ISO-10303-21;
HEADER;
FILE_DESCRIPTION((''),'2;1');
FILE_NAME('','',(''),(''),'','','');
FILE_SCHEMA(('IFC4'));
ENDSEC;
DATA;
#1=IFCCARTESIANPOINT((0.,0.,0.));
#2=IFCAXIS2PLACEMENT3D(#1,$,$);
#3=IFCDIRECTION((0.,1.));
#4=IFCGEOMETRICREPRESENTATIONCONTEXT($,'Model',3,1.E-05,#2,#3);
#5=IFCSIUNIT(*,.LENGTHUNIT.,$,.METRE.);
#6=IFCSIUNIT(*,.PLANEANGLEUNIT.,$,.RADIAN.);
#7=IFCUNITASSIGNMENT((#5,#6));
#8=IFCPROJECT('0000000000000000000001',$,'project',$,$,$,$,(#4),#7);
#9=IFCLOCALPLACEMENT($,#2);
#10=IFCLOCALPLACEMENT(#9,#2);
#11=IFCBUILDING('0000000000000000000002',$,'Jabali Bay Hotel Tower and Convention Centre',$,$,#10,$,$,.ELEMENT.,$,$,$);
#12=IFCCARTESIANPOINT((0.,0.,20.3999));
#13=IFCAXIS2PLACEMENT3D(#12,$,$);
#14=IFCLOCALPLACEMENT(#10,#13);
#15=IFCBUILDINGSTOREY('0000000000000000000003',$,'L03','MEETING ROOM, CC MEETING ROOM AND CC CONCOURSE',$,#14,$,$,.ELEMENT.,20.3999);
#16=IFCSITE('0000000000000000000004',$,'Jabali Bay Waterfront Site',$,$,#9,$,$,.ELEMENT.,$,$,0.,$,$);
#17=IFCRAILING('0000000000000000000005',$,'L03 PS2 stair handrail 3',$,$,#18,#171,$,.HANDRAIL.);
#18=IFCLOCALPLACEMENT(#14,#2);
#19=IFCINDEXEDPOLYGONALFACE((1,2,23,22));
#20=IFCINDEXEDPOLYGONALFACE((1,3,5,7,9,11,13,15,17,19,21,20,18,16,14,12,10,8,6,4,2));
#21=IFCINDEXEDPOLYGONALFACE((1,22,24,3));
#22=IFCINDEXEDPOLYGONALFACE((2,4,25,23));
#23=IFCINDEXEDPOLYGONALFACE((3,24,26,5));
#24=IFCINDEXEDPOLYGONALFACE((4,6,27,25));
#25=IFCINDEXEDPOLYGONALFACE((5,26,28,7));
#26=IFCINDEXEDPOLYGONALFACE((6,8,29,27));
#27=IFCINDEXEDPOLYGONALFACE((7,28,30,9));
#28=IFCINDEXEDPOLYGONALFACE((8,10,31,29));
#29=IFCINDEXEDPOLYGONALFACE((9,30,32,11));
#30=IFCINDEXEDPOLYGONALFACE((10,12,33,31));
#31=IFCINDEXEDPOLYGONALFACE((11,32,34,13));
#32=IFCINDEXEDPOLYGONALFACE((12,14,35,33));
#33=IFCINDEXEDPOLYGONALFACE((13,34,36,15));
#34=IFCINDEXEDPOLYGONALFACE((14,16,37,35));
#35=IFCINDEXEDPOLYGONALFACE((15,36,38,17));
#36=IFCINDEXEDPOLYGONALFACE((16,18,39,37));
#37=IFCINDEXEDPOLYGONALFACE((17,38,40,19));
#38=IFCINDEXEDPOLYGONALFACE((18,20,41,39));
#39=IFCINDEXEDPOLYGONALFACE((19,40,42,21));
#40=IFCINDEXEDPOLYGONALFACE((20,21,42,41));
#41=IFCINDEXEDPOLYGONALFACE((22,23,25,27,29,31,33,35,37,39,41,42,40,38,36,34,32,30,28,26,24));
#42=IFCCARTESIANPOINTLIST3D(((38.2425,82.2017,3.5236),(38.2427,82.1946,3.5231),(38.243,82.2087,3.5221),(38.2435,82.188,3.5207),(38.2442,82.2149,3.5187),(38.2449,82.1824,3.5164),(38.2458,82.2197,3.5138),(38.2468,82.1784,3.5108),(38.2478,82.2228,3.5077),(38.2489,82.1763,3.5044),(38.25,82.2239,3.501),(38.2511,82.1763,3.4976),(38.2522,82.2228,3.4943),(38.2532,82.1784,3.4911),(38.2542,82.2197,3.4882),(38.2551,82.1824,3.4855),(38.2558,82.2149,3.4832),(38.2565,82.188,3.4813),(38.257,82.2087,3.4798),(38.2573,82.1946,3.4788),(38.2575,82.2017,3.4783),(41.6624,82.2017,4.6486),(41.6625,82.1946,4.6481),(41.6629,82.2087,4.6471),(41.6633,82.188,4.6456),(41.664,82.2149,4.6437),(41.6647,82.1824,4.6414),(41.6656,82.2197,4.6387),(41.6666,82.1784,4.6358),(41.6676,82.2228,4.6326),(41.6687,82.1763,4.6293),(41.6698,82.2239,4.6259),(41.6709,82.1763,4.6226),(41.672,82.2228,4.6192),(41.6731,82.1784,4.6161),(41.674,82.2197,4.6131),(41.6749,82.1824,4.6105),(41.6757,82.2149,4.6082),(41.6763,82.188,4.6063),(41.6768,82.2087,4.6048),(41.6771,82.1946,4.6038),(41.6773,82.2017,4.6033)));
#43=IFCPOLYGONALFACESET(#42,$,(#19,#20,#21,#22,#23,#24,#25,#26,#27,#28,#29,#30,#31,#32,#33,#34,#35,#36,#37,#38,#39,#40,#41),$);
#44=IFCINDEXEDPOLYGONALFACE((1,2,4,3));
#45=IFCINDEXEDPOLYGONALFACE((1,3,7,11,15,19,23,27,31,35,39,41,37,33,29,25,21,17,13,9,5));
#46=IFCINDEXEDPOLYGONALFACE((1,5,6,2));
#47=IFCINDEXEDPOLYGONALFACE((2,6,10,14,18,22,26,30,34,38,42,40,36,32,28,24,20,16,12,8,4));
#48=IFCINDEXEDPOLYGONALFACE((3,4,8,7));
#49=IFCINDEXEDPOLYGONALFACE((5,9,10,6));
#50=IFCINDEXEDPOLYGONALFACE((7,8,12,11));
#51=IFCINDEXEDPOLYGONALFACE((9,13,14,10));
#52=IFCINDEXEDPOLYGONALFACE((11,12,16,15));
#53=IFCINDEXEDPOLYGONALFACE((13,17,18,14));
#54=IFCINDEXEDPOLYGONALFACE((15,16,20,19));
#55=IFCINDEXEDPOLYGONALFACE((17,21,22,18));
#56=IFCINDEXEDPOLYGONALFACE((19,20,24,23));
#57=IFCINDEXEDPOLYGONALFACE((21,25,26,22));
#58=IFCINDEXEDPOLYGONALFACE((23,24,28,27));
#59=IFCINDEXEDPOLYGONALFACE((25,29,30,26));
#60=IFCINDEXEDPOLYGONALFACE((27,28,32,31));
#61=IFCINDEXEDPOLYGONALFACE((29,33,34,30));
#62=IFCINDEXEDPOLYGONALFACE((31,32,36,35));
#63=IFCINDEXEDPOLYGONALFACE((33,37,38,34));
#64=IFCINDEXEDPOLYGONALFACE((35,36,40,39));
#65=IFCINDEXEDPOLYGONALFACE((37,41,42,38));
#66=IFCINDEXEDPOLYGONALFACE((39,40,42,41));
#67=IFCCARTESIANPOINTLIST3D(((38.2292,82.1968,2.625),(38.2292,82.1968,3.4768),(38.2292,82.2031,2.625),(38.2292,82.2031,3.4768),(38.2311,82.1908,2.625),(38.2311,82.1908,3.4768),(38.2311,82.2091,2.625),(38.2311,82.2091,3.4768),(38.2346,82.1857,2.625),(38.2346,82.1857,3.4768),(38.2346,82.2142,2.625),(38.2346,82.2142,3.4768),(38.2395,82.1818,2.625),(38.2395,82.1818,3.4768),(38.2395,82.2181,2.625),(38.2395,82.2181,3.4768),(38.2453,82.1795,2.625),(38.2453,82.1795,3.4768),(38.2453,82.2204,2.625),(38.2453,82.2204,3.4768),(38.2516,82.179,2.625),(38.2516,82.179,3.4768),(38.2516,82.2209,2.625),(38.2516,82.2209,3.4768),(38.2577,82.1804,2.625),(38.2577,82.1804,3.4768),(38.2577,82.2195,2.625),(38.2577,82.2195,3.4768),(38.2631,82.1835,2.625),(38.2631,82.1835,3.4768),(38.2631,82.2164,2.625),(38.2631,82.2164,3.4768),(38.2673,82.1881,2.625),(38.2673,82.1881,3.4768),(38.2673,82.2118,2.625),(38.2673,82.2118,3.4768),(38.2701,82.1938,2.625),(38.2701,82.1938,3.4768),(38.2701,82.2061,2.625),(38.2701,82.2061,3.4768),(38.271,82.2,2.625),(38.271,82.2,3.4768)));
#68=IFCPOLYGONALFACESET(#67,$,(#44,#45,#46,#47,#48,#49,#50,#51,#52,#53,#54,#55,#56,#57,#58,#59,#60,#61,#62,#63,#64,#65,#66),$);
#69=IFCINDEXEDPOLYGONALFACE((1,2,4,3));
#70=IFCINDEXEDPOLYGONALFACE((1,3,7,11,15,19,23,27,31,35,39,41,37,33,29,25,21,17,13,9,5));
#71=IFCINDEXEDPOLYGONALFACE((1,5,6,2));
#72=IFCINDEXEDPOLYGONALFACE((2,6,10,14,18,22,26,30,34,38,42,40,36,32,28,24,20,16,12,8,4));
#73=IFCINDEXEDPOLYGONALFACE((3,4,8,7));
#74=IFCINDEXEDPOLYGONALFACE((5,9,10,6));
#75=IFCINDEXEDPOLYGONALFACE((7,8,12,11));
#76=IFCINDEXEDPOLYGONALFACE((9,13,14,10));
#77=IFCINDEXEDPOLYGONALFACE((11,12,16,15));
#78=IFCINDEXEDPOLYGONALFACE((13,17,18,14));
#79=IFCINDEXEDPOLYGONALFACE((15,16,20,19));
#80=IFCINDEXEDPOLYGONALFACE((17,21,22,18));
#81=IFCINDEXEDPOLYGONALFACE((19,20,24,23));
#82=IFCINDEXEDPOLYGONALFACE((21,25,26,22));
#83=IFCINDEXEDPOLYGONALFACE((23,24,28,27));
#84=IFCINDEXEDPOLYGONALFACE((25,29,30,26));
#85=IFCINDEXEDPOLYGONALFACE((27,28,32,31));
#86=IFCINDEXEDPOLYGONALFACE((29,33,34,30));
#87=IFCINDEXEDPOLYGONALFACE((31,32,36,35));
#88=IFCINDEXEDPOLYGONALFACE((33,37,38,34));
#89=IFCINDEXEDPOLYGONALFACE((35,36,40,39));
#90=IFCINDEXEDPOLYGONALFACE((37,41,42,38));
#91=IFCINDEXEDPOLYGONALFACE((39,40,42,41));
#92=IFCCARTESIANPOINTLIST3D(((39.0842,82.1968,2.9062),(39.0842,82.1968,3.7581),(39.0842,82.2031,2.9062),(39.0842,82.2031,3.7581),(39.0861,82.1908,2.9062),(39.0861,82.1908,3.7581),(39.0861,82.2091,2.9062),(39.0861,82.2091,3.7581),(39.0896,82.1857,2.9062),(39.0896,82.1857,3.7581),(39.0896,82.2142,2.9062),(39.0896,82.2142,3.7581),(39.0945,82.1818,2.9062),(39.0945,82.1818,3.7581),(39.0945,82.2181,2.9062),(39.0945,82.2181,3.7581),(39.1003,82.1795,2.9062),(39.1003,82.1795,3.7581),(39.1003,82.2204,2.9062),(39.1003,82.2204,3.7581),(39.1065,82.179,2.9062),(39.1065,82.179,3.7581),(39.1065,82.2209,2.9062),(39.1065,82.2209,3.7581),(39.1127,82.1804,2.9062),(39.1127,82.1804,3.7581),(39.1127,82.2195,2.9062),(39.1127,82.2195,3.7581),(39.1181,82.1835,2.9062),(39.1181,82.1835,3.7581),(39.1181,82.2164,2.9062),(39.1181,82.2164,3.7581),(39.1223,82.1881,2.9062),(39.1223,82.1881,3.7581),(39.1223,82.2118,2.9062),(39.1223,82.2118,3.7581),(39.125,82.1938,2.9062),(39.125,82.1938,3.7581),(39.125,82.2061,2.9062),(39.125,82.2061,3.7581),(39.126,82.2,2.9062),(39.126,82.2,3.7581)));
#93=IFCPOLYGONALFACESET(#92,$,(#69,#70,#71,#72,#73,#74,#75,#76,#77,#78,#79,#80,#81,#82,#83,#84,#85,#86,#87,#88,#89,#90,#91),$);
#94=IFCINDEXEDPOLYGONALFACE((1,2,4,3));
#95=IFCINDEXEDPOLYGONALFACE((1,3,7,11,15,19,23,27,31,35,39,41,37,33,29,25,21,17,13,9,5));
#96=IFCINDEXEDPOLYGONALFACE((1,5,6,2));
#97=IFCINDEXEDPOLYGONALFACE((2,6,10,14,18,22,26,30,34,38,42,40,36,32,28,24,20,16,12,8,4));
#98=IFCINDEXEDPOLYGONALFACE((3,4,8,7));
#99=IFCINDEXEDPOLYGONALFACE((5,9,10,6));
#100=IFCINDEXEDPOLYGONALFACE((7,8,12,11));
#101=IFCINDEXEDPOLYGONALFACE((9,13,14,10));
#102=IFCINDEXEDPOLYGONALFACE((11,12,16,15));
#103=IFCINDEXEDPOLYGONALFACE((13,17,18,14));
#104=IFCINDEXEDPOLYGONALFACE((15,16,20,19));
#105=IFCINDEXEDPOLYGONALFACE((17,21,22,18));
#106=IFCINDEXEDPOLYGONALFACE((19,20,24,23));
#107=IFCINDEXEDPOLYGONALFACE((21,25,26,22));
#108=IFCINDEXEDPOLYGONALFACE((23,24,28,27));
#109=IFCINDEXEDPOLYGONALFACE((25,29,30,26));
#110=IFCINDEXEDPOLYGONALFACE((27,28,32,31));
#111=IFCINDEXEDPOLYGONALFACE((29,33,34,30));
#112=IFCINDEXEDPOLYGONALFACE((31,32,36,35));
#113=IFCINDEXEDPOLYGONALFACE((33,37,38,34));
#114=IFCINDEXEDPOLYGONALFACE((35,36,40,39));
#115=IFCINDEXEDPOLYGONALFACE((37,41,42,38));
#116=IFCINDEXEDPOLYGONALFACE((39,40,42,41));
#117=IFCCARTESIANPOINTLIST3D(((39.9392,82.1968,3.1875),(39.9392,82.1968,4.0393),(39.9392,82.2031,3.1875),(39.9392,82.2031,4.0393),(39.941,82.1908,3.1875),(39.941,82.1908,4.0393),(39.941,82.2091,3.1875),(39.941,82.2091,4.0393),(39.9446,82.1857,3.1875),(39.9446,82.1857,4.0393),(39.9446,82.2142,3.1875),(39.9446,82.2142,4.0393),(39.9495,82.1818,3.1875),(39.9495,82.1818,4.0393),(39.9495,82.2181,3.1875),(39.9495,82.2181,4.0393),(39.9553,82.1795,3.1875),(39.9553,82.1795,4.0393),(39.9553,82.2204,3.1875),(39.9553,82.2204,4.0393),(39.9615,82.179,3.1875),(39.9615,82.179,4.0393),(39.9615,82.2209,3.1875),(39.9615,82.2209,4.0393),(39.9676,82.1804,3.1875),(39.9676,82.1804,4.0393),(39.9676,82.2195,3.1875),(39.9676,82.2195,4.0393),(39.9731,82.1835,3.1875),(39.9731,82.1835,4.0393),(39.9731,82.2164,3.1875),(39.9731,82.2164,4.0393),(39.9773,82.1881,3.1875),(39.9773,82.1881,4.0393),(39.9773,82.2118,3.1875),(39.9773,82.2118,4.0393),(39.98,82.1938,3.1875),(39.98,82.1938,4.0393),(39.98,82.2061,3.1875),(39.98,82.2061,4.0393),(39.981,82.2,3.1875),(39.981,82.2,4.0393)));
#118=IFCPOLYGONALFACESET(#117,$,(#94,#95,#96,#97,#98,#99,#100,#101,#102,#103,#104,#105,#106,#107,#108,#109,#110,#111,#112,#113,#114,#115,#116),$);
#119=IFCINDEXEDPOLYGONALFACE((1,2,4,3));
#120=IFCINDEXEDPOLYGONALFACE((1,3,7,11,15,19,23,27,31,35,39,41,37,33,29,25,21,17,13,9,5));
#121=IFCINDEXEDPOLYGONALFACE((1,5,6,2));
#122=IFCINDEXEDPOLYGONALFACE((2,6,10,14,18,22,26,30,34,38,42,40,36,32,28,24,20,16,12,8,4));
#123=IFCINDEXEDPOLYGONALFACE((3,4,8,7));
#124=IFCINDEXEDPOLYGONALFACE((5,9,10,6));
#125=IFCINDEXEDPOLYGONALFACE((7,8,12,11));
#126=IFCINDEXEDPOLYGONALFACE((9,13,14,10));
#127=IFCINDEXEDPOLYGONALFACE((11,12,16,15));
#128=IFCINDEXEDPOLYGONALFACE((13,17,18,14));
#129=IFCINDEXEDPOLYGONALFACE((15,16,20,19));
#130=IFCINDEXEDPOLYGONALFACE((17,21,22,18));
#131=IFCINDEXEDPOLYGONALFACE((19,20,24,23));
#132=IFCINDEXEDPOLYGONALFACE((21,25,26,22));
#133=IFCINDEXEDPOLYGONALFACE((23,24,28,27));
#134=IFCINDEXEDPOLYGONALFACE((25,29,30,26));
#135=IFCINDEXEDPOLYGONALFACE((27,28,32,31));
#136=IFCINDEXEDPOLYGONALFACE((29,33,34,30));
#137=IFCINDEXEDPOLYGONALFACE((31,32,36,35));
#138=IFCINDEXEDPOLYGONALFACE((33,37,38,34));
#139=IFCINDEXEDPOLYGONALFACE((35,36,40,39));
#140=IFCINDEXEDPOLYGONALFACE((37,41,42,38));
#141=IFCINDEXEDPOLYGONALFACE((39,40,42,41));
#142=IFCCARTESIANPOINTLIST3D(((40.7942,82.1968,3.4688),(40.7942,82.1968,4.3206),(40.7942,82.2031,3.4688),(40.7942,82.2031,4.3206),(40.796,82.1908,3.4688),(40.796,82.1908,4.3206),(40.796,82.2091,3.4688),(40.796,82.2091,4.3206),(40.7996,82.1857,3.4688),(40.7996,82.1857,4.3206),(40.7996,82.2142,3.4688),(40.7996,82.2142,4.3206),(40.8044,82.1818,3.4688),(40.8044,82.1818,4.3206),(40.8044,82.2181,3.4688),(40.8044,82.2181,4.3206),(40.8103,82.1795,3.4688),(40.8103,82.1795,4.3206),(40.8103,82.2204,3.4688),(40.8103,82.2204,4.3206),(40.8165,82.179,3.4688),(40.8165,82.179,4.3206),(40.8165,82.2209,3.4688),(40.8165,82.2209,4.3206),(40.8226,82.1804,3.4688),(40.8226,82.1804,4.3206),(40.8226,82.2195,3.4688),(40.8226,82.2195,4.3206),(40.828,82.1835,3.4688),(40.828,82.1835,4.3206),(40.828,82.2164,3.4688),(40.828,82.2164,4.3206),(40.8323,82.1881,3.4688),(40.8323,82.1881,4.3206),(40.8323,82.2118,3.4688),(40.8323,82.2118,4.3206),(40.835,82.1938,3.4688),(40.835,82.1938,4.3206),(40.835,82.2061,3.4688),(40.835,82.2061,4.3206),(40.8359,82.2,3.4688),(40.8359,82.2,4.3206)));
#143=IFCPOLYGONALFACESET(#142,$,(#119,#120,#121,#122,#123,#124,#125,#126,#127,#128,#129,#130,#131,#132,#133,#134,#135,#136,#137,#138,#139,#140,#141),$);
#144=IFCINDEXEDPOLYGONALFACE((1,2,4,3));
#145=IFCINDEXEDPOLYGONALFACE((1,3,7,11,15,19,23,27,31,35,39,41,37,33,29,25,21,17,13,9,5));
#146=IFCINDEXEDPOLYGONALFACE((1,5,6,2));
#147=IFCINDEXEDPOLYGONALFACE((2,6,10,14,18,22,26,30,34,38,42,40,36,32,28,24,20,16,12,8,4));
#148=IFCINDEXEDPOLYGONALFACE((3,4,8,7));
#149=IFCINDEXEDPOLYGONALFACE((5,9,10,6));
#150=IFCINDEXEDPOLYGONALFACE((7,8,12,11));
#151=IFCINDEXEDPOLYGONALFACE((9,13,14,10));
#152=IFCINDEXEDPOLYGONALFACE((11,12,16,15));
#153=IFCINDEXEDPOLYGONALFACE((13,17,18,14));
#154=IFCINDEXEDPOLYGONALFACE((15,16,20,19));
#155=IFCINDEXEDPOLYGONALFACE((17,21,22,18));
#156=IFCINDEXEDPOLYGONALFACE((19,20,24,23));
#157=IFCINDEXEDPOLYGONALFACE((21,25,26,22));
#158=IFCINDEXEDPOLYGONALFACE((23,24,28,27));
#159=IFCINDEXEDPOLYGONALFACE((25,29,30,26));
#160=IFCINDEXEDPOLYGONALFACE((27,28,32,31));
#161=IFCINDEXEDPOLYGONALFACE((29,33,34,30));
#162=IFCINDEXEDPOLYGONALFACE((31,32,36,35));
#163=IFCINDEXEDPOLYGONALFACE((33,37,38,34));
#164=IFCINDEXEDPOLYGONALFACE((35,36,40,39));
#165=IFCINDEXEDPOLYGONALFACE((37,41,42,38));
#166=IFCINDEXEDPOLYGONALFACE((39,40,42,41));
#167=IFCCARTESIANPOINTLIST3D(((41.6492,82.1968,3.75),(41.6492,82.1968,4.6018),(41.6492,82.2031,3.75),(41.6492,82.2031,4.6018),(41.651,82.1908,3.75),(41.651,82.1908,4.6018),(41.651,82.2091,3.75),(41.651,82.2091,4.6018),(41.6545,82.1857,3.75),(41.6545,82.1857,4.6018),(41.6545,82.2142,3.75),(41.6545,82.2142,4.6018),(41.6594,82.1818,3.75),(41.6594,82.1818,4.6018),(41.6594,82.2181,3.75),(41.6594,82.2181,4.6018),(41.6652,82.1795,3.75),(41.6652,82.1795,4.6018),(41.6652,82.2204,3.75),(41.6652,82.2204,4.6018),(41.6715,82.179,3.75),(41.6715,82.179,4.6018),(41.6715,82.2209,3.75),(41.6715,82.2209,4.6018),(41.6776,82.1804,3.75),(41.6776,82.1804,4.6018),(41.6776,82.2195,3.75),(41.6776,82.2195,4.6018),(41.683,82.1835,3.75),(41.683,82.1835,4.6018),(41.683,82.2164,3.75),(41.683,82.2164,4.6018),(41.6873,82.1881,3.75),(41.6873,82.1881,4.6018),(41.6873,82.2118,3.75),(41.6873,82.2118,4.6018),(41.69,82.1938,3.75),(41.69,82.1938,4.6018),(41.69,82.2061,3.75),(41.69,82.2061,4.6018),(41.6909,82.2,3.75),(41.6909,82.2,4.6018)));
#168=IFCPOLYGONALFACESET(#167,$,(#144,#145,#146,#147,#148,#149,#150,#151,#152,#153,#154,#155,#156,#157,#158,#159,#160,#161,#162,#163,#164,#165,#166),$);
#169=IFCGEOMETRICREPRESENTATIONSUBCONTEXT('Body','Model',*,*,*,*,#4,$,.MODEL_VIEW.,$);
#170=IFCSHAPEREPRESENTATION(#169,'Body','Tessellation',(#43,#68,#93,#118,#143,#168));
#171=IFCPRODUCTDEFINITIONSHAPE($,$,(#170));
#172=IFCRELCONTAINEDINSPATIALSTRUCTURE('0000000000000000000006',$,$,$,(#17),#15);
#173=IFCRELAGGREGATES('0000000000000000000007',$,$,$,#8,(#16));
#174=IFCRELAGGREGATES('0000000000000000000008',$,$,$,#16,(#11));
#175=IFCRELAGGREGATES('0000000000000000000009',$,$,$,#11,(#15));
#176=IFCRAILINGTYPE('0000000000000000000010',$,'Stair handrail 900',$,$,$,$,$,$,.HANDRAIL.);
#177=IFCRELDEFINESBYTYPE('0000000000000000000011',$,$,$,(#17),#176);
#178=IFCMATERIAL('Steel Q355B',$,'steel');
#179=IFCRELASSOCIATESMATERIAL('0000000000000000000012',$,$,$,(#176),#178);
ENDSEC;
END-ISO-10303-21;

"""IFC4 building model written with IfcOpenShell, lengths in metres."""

from ifc_helpers import new_model, si_unit, direction, frame, origin, origin_2d, place, context, subcontext, project, spatial, circle, extrude, material, type_object, element, save


model = new_model("IFC4")

# Units and contexts
model_context = context("Model", 3, precision=1e-05, world=origin(), true_north=direction((0.0, 1.0)))
body_context = subcontext(model_context, "Body", "Model", "MODEL_VIEW")
ifc_project = project(units=[si_unit("LENGTHUNIT", "METRE"), si_unit("PLANEANGLEUNIT", "RADIAN")], contexts=[model_context])

# Site, building, storey
site_placement = place(None, origin())
site = spatial("IfcSite", under=ifc_project, at=site_placement, Name="Jabali Bay Waterfront Site", CompositionType="ELEMENT", RefElevation=0.0)
building_placement = place(site_placement, origin())
building = spatial("IfcBuilding", under=site, at=building_placement, Name="Jabali Bay Hotel Tower and Convention Centre", CompositionType="ELEMENT")
storey_placement = place(building_placement, frame((0.0, 0.0, 20.3999)))
storey = spatial("IfcBuildingStorey", under=building, at=storey_placement, Name="L03", Description="MEETING ROOM, CC MEETING ROOM AND CC CONCOURSE", CompositionType="ELEMENT", Elevation=20.3999)

# Railing
ifc_material_1 = material(Name="Steel Q355B", Category="steel")
railing_type_1 = type_object("IfcRailingType", Name="Stair handrail 900", PredefinedType="HANDRAIL", material=ifc_material_1)
for number, where, name in (
    (1, (38.25, 82.2, 2.625), "L03 PS2 stair handrail 3"),
):
    element("IfcRailing", number, at=place(storey_placement, frame(where)), inside=storey, type_object=railing_type_1, Name=name, PredefinedType="HANDRAIL", context=body_context, shape_type="SweptSolid", body=[
        extrude(circle(Radius=0.0239, at=origin_2d()), frame((0.0, 0.0, 0.876), z_axis=(0.949924, 0.0, 0.312482), x_axis=(0.0, 1.0, 0.0)), (0.0, 0.0, 1.0), 3.6001),
        extrude(circle(Radius=0.021, at=origin_2d()), origin(), (0.0, 0.0, 1.0), 0.8518),
        extrude(circle(Radius=0.021, at=origin_2d()), frame((0.855, 0.0, 0.2812)), (0.0, 0.0, 1.0), 0.8518),
        extrude(circle(Radius=0.021, at=origin_2d()), frame((1.71, 0.0, 0.5625)), (0.0, 0.0, 1.0), 0.8518),
        extrude(circle(Radius=0.021, at=origin_2d()), frame((2.5649, 0.0, 0.8438)), (0.0, 0.0, 1.0), 0.8518),
        extrude(circle(Radius=0.021, at=origin_2d()), frame((3.4199, 0.0, 1.125)), (0.0, 0.0, 1.0), 0.8518),
    ])

save(model, "model.ifc")
